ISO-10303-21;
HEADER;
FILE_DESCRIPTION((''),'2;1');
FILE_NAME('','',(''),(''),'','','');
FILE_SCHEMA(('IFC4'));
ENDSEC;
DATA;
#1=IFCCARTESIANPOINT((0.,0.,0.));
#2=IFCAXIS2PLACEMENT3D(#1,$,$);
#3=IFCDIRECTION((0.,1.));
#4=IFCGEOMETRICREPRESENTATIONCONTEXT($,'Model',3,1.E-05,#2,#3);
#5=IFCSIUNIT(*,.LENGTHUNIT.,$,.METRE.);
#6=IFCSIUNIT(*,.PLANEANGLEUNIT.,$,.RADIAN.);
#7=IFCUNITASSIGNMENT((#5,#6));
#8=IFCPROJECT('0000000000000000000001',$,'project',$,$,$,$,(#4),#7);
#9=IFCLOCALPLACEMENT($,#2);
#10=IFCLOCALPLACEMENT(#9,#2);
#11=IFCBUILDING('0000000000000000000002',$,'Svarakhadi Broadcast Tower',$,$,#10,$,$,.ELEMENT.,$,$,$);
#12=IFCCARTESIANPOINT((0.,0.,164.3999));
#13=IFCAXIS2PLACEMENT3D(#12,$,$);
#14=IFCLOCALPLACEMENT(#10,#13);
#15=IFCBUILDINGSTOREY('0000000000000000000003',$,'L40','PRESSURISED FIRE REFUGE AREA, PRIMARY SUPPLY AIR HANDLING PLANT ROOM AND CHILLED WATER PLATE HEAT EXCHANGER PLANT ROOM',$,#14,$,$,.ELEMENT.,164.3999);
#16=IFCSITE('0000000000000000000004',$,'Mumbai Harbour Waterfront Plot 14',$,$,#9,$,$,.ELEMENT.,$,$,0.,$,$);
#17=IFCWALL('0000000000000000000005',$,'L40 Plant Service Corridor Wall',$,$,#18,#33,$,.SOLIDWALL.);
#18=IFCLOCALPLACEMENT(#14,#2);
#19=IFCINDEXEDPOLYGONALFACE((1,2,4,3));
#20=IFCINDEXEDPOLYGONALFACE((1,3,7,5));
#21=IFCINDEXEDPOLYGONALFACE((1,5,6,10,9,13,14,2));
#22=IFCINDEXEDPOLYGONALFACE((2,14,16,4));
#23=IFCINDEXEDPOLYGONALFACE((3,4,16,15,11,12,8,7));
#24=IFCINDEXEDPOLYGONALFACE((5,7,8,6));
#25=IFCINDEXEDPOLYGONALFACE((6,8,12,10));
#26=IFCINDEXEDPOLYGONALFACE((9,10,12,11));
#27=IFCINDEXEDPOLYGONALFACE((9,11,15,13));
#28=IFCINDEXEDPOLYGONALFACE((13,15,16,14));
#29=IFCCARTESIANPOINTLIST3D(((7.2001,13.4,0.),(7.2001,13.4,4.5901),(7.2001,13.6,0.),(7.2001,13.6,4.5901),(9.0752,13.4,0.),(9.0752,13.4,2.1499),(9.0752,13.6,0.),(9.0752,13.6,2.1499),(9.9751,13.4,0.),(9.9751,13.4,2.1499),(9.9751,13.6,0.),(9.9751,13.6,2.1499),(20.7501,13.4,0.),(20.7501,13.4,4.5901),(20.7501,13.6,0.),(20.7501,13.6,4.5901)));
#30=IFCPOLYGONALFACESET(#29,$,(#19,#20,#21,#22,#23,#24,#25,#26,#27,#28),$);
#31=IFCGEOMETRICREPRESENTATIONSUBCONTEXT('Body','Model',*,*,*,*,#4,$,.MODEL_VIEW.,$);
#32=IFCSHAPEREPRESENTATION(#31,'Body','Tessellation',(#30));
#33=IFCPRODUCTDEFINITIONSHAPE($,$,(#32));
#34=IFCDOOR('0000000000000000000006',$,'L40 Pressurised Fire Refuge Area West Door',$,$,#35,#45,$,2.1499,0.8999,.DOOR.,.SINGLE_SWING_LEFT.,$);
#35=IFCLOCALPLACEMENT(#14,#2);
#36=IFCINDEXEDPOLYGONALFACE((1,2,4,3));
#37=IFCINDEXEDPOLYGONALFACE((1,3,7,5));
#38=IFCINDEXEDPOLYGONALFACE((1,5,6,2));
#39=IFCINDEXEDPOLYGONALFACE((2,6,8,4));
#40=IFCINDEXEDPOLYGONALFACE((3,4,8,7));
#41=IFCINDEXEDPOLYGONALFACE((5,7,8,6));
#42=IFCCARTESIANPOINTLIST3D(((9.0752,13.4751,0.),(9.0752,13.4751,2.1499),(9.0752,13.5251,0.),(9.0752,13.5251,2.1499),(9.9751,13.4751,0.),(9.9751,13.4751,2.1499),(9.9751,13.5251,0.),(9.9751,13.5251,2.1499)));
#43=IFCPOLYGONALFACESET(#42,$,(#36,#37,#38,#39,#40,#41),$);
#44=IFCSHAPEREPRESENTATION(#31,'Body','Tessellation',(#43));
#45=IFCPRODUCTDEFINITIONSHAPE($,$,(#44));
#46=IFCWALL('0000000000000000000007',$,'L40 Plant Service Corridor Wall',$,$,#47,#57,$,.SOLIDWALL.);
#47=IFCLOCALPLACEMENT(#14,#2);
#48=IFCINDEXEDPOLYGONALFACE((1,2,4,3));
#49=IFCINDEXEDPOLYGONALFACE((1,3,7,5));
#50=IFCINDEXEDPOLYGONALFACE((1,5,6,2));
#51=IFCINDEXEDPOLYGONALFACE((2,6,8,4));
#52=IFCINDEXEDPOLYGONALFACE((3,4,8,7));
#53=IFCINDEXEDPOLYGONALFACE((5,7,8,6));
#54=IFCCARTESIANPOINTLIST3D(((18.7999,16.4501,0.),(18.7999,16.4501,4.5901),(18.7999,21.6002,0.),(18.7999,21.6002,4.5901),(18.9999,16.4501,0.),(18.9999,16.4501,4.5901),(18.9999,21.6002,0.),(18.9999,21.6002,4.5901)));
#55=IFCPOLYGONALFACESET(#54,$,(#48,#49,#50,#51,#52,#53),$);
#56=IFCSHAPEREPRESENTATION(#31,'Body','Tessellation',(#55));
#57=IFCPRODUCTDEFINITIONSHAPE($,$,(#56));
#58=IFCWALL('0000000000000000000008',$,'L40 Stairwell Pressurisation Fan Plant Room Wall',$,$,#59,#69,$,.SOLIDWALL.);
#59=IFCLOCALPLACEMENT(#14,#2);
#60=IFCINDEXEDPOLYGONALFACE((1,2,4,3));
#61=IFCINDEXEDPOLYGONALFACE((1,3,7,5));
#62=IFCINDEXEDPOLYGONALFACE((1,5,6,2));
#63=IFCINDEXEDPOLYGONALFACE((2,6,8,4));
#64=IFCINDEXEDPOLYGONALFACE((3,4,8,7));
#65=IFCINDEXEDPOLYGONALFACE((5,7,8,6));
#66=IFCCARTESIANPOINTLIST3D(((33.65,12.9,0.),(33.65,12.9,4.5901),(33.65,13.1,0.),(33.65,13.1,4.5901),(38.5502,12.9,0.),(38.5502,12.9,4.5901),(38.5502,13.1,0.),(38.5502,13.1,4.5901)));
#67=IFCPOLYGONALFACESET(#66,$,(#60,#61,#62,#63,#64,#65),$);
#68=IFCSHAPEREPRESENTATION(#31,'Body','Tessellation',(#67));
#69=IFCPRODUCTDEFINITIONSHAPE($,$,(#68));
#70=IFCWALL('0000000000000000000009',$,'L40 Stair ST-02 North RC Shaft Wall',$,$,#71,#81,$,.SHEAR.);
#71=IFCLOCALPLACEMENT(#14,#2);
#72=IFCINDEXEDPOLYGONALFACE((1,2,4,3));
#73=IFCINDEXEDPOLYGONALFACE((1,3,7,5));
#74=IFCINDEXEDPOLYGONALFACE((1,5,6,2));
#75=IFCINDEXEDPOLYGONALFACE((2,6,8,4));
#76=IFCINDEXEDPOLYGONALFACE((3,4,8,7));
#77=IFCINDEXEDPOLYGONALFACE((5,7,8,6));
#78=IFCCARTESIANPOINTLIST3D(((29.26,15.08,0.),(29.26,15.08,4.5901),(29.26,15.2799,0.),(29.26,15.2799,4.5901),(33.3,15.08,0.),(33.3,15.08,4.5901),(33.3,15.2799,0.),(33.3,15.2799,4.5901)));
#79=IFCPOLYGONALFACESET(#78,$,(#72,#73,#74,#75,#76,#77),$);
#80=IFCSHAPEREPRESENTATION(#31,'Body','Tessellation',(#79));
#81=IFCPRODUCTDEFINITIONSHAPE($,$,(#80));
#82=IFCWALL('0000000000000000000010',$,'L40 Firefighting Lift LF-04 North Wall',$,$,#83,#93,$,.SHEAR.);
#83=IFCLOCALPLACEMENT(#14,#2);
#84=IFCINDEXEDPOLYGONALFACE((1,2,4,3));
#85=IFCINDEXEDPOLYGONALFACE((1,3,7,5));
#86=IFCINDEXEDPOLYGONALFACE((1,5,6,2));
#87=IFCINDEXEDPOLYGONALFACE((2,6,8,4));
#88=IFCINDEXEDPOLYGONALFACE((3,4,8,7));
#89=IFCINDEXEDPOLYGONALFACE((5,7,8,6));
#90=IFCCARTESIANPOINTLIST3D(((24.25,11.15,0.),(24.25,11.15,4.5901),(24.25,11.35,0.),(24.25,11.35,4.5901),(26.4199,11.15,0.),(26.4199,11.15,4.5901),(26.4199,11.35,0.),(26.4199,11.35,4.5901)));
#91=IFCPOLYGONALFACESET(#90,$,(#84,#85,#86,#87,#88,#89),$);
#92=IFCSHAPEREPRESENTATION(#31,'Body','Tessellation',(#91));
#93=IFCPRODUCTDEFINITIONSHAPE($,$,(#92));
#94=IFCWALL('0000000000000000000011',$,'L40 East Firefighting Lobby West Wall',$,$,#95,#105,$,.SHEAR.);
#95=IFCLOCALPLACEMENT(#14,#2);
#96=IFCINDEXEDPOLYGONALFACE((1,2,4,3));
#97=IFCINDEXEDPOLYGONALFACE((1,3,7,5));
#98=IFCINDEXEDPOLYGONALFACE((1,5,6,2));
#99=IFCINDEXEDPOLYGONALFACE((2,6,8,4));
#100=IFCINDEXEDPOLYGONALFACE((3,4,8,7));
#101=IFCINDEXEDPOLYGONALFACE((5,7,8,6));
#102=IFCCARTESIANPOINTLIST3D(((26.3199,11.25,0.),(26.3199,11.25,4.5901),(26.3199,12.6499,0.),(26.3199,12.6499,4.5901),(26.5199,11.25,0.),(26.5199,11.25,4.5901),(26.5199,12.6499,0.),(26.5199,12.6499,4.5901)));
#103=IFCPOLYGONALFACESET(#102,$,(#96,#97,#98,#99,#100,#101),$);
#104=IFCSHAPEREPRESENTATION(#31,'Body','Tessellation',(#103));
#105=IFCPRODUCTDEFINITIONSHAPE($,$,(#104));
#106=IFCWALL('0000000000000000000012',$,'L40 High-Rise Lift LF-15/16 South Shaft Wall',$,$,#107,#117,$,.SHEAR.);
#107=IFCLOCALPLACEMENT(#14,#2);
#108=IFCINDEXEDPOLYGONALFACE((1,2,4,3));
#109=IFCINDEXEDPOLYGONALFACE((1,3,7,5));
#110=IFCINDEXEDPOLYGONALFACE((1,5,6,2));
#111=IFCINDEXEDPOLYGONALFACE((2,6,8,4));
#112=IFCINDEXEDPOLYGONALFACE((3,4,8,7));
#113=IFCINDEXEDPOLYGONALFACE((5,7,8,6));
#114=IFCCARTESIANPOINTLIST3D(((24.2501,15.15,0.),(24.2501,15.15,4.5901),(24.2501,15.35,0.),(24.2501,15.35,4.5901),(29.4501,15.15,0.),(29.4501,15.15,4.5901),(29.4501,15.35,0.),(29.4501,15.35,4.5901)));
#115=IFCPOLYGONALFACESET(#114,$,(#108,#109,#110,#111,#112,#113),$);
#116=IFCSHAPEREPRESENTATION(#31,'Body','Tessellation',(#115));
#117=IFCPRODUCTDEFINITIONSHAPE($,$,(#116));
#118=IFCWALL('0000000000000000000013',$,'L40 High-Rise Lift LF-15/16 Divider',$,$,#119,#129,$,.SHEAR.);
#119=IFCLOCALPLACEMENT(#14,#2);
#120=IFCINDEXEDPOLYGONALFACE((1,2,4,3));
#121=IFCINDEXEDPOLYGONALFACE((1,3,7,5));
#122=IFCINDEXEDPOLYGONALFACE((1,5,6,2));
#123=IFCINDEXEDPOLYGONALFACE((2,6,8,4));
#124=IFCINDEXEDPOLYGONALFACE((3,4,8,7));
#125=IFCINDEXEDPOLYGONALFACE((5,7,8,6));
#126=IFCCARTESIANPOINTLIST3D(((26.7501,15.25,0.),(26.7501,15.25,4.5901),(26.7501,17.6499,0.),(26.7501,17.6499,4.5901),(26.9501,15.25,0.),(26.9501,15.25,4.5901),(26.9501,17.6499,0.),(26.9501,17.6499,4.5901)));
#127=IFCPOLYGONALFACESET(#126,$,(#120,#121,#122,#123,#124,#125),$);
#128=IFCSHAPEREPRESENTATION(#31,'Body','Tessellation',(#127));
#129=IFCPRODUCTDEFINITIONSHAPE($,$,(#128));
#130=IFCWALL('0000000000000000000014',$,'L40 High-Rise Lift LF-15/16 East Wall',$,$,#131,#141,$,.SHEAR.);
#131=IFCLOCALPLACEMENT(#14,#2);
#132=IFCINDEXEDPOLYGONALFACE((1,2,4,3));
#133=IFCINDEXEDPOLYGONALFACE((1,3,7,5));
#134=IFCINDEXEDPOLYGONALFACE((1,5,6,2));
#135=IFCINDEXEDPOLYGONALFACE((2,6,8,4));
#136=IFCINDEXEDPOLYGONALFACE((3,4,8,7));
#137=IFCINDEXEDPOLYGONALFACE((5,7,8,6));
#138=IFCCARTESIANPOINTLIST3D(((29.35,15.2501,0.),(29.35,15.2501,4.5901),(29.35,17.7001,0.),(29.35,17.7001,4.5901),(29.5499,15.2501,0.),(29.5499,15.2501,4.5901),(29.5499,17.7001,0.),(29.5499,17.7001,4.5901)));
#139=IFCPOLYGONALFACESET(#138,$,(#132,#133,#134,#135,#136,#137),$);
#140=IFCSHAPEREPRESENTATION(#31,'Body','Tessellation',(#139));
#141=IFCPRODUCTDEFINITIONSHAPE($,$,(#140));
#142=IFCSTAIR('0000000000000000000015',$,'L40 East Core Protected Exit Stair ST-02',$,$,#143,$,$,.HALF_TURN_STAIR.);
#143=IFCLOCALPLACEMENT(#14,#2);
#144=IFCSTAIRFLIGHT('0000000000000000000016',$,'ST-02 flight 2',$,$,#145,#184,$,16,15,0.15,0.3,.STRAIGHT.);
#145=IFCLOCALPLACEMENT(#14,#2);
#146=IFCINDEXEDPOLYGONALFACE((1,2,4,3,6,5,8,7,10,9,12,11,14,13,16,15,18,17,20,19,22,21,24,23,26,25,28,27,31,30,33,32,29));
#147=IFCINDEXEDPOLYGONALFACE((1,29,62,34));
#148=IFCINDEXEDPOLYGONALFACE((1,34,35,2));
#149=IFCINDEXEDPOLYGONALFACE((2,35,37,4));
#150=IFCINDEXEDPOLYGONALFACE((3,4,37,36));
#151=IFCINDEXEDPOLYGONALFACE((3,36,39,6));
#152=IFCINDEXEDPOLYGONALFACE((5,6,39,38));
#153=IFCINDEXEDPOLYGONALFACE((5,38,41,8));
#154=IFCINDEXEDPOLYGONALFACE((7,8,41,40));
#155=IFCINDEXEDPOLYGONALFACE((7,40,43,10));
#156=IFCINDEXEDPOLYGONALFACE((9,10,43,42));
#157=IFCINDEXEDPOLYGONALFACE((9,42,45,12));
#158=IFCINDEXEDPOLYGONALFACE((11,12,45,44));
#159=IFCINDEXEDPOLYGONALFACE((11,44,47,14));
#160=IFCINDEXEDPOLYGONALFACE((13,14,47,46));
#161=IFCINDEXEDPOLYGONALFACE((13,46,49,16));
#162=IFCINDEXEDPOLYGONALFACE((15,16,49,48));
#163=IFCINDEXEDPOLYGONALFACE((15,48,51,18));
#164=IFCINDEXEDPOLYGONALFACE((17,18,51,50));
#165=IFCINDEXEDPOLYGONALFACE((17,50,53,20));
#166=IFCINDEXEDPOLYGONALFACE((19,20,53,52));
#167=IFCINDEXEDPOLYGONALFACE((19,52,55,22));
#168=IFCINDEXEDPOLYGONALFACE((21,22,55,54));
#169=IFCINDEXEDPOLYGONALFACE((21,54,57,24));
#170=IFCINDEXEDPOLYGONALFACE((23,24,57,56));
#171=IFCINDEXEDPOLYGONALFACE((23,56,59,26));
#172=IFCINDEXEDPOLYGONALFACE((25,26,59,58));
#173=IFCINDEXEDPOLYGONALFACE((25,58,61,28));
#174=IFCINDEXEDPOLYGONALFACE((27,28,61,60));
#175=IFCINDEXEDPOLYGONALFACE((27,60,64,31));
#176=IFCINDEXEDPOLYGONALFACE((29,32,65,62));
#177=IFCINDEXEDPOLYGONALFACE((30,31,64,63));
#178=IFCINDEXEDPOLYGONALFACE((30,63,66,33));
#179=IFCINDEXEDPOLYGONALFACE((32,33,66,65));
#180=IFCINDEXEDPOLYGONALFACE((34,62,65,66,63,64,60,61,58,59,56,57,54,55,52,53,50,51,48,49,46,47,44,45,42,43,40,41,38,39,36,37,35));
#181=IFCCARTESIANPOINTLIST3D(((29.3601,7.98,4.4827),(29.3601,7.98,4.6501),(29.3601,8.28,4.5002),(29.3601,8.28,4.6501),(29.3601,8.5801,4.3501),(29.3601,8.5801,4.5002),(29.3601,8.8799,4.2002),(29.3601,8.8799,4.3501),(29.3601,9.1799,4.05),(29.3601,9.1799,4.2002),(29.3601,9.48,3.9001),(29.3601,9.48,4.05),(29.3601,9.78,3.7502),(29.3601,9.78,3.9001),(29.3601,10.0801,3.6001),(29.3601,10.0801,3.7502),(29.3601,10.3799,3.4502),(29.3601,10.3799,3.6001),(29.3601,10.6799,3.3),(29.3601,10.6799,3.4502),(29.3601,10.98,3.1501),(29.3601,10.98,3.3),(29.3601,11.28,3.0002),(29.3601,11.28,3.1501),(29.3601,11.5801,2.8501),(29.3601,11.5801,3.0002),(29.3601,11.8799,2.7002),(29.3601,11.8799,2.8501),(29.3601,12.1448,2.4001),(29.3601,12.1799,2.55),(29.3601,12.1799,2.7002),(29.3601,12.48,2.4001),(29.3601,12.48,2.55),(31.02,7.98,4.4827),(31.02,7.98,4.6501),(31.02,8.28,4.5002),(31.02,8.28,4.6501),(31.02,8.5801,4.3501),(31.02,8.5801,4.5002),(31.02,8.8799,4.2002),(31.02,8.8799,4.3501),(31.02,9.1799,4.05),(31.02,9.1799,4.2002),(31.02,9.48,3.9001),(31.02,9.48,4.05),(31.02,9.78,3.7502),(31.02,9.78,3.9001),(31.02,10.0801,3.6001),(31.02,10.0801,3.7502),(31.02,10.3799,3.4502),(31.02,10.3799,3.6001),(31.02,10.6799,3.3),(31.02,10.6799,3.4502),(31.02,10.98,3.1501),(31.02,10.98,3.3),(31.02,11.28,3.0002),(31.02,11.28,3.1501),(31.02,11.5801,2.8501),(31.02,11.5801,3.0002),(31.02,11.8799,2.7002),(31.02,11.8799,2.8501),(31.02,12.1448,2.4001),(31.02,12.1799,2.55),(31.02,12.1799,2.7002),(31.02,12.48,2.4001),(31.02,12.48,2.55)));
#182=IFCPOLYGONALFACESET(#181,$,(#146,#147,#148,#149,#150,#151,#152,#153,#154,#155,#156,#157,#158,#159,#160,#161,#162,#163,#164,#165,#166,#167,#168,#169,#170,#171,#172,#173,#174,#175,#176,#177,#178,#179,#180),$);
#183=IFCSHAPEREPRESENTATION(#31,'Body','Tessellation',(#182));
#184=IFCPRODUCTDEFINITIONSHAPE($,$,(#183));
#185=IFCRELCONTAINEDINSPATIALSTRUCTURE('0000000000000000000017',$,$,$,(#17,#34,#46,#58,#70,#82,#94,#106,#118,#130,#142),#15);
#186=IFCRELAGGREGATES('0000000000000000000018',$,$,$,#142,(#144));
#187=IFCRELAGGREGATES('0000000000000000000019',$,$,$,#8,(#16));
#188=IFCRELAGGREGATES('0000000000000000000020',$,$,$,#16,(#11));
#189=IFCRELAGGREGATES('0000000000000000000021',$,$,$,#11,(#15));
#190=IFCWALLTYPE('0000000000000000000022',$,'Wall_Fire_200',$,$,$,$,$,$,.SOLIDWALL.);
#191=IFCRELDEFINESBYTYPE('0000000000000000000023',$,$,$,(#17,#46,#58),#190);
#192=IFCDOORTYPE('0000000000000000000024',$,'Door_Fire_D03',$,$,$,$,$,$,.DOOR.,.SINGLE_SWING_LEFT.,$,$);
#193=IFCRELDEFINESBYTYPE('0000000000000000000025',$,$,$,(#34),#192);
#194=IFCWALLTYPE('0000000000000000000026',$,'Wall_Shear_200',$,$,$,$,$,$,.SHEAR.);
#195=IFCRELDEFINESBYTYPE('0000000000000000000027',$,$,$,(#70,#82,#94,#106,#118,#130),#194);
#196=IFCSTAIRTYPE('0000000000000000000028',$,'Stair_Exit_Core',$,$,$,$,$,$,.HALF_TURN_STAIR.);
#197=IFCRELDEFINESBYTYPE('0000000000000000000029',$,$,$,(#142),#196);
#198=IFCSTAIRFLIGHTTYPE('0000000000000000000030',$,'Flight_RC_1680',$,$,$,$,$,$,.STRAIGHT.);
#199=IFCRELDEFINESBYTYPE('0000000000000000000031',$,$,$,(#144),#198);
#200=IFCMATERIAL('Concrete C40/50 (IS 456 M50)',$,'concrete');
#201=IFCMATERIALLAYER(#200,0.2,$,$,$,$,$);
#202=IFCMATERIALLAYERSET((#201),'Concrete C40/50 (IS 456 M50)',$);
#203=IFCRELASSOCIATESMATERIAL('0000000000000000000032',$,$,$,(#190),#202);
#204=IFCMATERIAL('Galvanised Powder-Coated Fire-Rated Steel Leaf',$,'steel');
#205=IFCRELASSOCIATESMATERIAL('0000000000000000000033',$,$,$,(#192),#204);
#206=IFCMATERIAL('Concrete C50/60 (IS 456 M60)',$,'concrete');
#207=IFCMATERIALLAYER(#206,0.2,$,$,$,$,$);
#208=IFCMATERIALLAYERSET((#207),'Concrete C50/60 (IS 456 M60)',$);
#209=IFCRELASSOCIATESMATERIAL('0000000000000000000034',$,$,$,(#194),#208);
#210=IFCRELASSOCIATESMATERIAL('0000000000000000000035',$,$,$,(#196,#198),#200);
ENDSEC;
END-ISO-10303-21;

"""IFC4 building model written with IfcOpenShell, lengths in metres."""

from ifc_helpers import new_model, si_unit, direction, frame, frame_2d, origin, place, context, subcontext, project, spatial, polyline, rectangle, outline, extrude, material, layer, layer_set, type_object, element, fill, aggregate, save


model = new_model("IFC4")

# Units and contexts
model_context = context("Model", 3, precision=1e-05, world=origin(), true_north=direction((0.0, 1.0)))
body_context = subcontext(model_context, "Body", "Model", "MODEL_VIEW")
ifc_project = project(units=[si_unit("LENGTHUNIT", "METRE"), si_unit("PLANEANGLEUNIT", "RADIAN")], contexts=[model_context])

# Site, building, storey
site_placement = place(None, origin())
site = spatial("IfcSite", under=ifc_project, at=site_placement, Name="Mumbai Harbour Waterfront Plot 14", CompositionType="ELEMENT", RefElevation=0.0)
building_placement = place(site_placement, origin())
building = spatial("IfcBuilding", under=site, at=building_placement, Name="Svarakhadi Broadcast Tower", CompositionType="ELEMENT")
storey_placement = place(building_placement, frame((0.0, 0.0, 164.3999)))
storey = spatial("IfcBuildingStorey", under=building, at=storey_placement, Name="L40", Description="PRESSURISED FIRE REFUGE AREA, PRIMARY SUPPLY AIR HANDLING PLANT ROOM AND CHILLED WATER PLATE HEAT EXCHANGER PLANT ROOM", CompositionType="ELEMENT", Elevation=164.3999)

# Shared definitions
ifc_material_1 = material(Name="Concrete C50/60 (IS 456 M60)", Category="concrete")

# Shared definitions
ifc_material_2 = material(Name="Concrete C40/50 (IS 456 M50)", Category="concrete")
ifc_layer_1 = layer(ifc_material_2, 0.2)
ifc_layer_set_1 = layer_set([ifc_layer_1], Name="Concrete C40/50 (IS 456 M50)")
wall_type_1 = type_object("IfcWallType", Name="Wall_Fire_200", PredefinedType="SOLIDWALL", material=ifc_layer_set_1)

# Wall, opening, door
wall_1_placement = place(storey_placement, frame((20.75, 13.5, 0.0), z_axis=(0.0, 0.0, 1.0), x_axis=(-1.0, 0.0, 0.0)))
wall_1 = element("IfcWall", 1, at=wall_1_placement, inside=storey, type_object=wall_type_1, Name="L40 Plant Service Corridor Wall", PredefinedType="SOLIDWALL", context=body_context, shape_type="SweptSolid", body=[
    extrude(rectangle(XDim=13.55, YDim=0.2, at=frame_2d((6.7749, 0.0))), origin(), (0.0, 0.0, 1.0), 4.5901),
])
opening_1_placement = place(wall_1_placement, frame((10.7749, 0.0, 0.0)))
opening_1 = element("IfcOpeningElement", 2, at=opening_1_placement, cuts=wall_1, PredefinedType="OPENING", context=body_context, shape_type="SweptSolid", body=[
    extrude(rectangle(XDim=0.8999, YDim=2.1499, at=frame_2d((0.45, 1.075))), frame((0.0, 0.1099, 0.0), z_axis=(0.0, -1.0, 0.0), x_axis=(1.0, 0.0, 0.0)), (0.0, 0.0, 1.0), 0.22),
])
ifc_material_3 = material(Name="Galvanised Powder-Coated Fire-Rated Steel Leaf", Category="steel")
door_type_1 = type_object("IfcDoorType", Name="Door_Fire_D03", OperationType="SINGLE_SWING_LEFT", PredefinedType="DOOR", material=ifc_material_3)
door_1_placement = place(opening_1_placement, origin())
door_1 = element("IfcDoor", 3, at=door_1_placement, inside=storey, type_object=door_type_1, Name="L40 Pressurised Fire Refuge Area West Door", OperationType="SINGLE_SWING_LEFT", OverallHeight=2.1499, OverallWidth=0.8999, PredefinedType="DOOR", context=body_context, shape_type="SweptSolid", body=[
    extrude(rectangle(XDim=0.8999, YDim=2.1499, at=frame_2d((0.45, 1.075))), frame((0.0, 0.0249, 0.0), z_axis=(0.0, -1.0, 0.0), x_axis=(1.0, 0.0, 0.0)), (0.0, 0.0, 1.0), 0.05),
])
fill(opening_1, door_1)

# Walls
wall_2_placement = place(storey_placement, frame((18.8999, 16.45, 0.0), z_axis=(0.0, 0.0, 1.0), x_axis=(0.0, 1.0, 0.0)))
element("IfcWall", 4, at=wall_2_placement, inside=storey, type_object=wall_type_1, Name="L40 Plant Service Corridor Wall", PredefinedType="SOLIDWALL", context=body_context, shape_type="SweptSolid", body=[
    extrude(rectangle(XDim=5.1501, YDim=0.2, at=frame_2d((2.5752, 0.0))), origin(), (0.0, 0.0, 1.0), 4.5901),
])
wall_3_placement = place(storey_placement, frame((33.6499, 13.0, 0.0), z_axis=(0.0, 0.0, 1.0), x_axis=(1.0, 0.0, 0.0)))
element("IfcWall", 5, at=wall_3_placement, inside=storey, type_object=wall_type_1, Name="L40 Stairwell Pressurisation Fan Plant Room Wall", PredefinedType="SOLIDWALL", context=body_context, shape_type="SweptSolid", body=[
    extrude(rectangle(XDim=4.9001, YDim=0.2, at=frame_2d((2.4502, 0.0))), origin(), (0.0, 0.0, 1.0), 4.5901),
])
ifc_layer_2 = layer(ifc_material_1, 0.2)
ifc_layer_set_2 = layer_set([ifc_layer_2], Name="Concrete C50/60 (IS 456 M60)")
wall_type_2 = type_object("IfcWallType", Name="Wall_Shear_200", PredefinedType="SHEAR", material=ifc_layer_set_2)
wall_4_placement = place(storey_placement, frame((29.26, 15.1799, 0.0), z_axis=(0.0, 0.0, 1.0), x_axis=(1.0, 0.0, 0.0)))
element("IfcWall", 6, at=wall_4_placement, inside=storey, type_object=wall_type_2, Name="L40 Stair ST-02 North RC Shaft Wall", PredefinedType="SHEAR", context=body_context, shape_type="SweptSolid", body=[
    extrude(rectangle(XDim=4.04, YDim=0.2, at=frame_2d((2.02, 0.0))), origin(), (0.0, 0.0, 1.0), 4.5901),
])
wall_5_placement = place(storey_placement, frame((24.25, 11.25, 0.0), z_axis=(0.0, 0.0, 1.0), x_axis=(1.0, 0.0, 0.0)))
element("IfcWall", 7, at=wall_5_placement, inside=storey, type_object=wall_type_2, Name="L40 Firefighting Lift LF-04 North Wall", PredefinedType="SHEAR", context=body_context, shape_type="SweptSolid", body=[
    extrude(rectangle(XDim=2.1699, YDim=0.2, at=frame_2d((1.085, 0.0))), origin(), (0.0, 0.0, 1.0), 4.5901),
])
wall_6_placement = place(storey_placement, frame((26.4199, 11.25, 0.0), z_axis=(0.0, 0.0, 1.0), x_axis=(0.0, 1.0, 0.0)))
element("IfcWall", 8, at=wall_6_placement, inside=storey, type_object=wall_type_2, Name="L40 East Firefighting Lobby West Wall", PredefinedType="SHEAR", context=body_context, shape_type="SweptSolid", body=[
    extrude(rectangle(XDim=1.3999, YDim=0.2, at=frame_2d((0.7, 0.0))), origin(), (0.0, 0.0, 1.0), 4.5901),
])

# Walls
wall_7_placement = place(storey_placement, frame((24.25, 15.25, 0.0), z_axis=(0.0, 0.0, 1.0), x_axis=(1.0, 0.0, 0.0)))
element("IfcWall", 9, at=wall_7_placement, inside=storey, type_object=wall_type_2, Name="L40 High-Rise Lift LF-15/16 South Shaft Wall", PredefinedType="SHEAR", context=body_context, shape_type="SweptSolid", body=[
    extrude(rectangle(XDim=5.2, YDim=0.2, at=frame_2d((2.6001, 0.0))), origin(), (0.0, 0.0, 1.0), 4.5901),
])
wall_8_placement = place(storey_placement, frame((26.8501, 15.25, 0.0), z_axis=(0.0, 0.0, 1.0), x_axis=(0.0, 1.0, 0.0)))
element("IfcWall", 10, at=wall_8_placement, inside=storey, type_object=wall_type_2, Name="L40 High-Rise Lift LF-15/16 Divider", PredefinedType="SHEAR", context=body_context, shape_type="SweptSolid", body=[
    extrude(rectangle(XDim=2.3999, YDim=0.2, at=frame_2d((1.2, 0.0))), origin(), (0.0, 0.0, 1.0), 4.5901),
])
wall_9_placement = place(storey_placement, frame((29.45, 15.25, 0.0), z_axis=(0.0, 0.0, 1.0), x_axis=(0.0, 1.0, 0.0)))
element("IfcWall", 11, at=wall_9_placement, inside=storey, type_object=wall_type_2, Name="L40 High-Rise Lift LF-15/16 East Wall", PredefinedType="SHEAR", context=body_context, shape_type="SweptSolid", body=[
    extrude(rectangle(XDim=2.45, YDim=0.2, at=frame_2d((1.2251, 0.0))), origin(), (0.0, 0.0, 1.0), 4.5901),
])

# Stair, stair flight
stair_type = type_object("IfcStairType", Name="Stair_Exit_Core", PredefinedType="HALF_TURN_STAIR", material=ifc_material_2)
stair_placement = place(storey_placement, origin())
stair = element("IfcStair", 12, at=stair_placement, inside=storey, type_object=stair_type, Name="L40 East Core Protected Exit Stair ST-02", PredefinedType="HALF_TURN_STAIR")
stair_flight_type = type_object("IfcStairFlightType", Name="Flight_RC_1680", PredefinedType="STRAIGHT", material=ifc_material_2)
stair_flight_placement = place(storey_placement, frame((30.1899, 12.48, 2.4001), z_axis=(0.0, 0.0, 1.0), x_axis=(0.0, -1.0, 0.0)))
stair_flight = element("IfcStairFlight", 13, at=stair_flight_placement, type_object=stair_flight_type, Name="ST-02 flight 2", NumberOfRisers=16, NumberOfTreads=15, PredefinedType="STRAIGHT", RiserHeight=0.15, TreadLength=0.3, context=body_context, shape_type="SweptSolid", body=[
    extrude(outline(polyline([(0.0, 0.0), (0.0, 0.1499), (0.3, 0.1499), (0.3, 0.3), (0.6001, 0.3), (0.6001, 0.45), (0.8999, 0.45), (0.8999, 0.6001), (1.2, 0.6001), (1.2, 0.75), (1.5, 0.75), (1.5, 0.8999), (1.8, 0.8999), (1.8, 1.05), (2.1001, 1.05), (2.1001, 1.2), (2.3999, 1.2), (2.3999, 1.3501), (2.7, 1.3501), (2.7, 1.5), (3.0, 1.5), (3.0, 1.6499), (3.3, 1.6499), (3.3, 1.8), (3.6001, 1.8), (3.6001, 1.95), (3.8999, 1.95), (3.8999, 2.1001), (4.2, 2.1001), (4.2, 2.25), (4.5, 2.25), (4.5, 2.3999), (4.5, 2.0825), (0.3352, 0.0), (0.0, 0.0)])), frame((0.0, 0.8301, 0.0), z_axis=(0.0, -1.0, 0.0), x_axis=(1.0, 0.0, 0.0)), (0.0, 0.0, 1.0), 1.6599),
])
aggregate(stair, [stair_flight])

save(model, "model.ifc")
